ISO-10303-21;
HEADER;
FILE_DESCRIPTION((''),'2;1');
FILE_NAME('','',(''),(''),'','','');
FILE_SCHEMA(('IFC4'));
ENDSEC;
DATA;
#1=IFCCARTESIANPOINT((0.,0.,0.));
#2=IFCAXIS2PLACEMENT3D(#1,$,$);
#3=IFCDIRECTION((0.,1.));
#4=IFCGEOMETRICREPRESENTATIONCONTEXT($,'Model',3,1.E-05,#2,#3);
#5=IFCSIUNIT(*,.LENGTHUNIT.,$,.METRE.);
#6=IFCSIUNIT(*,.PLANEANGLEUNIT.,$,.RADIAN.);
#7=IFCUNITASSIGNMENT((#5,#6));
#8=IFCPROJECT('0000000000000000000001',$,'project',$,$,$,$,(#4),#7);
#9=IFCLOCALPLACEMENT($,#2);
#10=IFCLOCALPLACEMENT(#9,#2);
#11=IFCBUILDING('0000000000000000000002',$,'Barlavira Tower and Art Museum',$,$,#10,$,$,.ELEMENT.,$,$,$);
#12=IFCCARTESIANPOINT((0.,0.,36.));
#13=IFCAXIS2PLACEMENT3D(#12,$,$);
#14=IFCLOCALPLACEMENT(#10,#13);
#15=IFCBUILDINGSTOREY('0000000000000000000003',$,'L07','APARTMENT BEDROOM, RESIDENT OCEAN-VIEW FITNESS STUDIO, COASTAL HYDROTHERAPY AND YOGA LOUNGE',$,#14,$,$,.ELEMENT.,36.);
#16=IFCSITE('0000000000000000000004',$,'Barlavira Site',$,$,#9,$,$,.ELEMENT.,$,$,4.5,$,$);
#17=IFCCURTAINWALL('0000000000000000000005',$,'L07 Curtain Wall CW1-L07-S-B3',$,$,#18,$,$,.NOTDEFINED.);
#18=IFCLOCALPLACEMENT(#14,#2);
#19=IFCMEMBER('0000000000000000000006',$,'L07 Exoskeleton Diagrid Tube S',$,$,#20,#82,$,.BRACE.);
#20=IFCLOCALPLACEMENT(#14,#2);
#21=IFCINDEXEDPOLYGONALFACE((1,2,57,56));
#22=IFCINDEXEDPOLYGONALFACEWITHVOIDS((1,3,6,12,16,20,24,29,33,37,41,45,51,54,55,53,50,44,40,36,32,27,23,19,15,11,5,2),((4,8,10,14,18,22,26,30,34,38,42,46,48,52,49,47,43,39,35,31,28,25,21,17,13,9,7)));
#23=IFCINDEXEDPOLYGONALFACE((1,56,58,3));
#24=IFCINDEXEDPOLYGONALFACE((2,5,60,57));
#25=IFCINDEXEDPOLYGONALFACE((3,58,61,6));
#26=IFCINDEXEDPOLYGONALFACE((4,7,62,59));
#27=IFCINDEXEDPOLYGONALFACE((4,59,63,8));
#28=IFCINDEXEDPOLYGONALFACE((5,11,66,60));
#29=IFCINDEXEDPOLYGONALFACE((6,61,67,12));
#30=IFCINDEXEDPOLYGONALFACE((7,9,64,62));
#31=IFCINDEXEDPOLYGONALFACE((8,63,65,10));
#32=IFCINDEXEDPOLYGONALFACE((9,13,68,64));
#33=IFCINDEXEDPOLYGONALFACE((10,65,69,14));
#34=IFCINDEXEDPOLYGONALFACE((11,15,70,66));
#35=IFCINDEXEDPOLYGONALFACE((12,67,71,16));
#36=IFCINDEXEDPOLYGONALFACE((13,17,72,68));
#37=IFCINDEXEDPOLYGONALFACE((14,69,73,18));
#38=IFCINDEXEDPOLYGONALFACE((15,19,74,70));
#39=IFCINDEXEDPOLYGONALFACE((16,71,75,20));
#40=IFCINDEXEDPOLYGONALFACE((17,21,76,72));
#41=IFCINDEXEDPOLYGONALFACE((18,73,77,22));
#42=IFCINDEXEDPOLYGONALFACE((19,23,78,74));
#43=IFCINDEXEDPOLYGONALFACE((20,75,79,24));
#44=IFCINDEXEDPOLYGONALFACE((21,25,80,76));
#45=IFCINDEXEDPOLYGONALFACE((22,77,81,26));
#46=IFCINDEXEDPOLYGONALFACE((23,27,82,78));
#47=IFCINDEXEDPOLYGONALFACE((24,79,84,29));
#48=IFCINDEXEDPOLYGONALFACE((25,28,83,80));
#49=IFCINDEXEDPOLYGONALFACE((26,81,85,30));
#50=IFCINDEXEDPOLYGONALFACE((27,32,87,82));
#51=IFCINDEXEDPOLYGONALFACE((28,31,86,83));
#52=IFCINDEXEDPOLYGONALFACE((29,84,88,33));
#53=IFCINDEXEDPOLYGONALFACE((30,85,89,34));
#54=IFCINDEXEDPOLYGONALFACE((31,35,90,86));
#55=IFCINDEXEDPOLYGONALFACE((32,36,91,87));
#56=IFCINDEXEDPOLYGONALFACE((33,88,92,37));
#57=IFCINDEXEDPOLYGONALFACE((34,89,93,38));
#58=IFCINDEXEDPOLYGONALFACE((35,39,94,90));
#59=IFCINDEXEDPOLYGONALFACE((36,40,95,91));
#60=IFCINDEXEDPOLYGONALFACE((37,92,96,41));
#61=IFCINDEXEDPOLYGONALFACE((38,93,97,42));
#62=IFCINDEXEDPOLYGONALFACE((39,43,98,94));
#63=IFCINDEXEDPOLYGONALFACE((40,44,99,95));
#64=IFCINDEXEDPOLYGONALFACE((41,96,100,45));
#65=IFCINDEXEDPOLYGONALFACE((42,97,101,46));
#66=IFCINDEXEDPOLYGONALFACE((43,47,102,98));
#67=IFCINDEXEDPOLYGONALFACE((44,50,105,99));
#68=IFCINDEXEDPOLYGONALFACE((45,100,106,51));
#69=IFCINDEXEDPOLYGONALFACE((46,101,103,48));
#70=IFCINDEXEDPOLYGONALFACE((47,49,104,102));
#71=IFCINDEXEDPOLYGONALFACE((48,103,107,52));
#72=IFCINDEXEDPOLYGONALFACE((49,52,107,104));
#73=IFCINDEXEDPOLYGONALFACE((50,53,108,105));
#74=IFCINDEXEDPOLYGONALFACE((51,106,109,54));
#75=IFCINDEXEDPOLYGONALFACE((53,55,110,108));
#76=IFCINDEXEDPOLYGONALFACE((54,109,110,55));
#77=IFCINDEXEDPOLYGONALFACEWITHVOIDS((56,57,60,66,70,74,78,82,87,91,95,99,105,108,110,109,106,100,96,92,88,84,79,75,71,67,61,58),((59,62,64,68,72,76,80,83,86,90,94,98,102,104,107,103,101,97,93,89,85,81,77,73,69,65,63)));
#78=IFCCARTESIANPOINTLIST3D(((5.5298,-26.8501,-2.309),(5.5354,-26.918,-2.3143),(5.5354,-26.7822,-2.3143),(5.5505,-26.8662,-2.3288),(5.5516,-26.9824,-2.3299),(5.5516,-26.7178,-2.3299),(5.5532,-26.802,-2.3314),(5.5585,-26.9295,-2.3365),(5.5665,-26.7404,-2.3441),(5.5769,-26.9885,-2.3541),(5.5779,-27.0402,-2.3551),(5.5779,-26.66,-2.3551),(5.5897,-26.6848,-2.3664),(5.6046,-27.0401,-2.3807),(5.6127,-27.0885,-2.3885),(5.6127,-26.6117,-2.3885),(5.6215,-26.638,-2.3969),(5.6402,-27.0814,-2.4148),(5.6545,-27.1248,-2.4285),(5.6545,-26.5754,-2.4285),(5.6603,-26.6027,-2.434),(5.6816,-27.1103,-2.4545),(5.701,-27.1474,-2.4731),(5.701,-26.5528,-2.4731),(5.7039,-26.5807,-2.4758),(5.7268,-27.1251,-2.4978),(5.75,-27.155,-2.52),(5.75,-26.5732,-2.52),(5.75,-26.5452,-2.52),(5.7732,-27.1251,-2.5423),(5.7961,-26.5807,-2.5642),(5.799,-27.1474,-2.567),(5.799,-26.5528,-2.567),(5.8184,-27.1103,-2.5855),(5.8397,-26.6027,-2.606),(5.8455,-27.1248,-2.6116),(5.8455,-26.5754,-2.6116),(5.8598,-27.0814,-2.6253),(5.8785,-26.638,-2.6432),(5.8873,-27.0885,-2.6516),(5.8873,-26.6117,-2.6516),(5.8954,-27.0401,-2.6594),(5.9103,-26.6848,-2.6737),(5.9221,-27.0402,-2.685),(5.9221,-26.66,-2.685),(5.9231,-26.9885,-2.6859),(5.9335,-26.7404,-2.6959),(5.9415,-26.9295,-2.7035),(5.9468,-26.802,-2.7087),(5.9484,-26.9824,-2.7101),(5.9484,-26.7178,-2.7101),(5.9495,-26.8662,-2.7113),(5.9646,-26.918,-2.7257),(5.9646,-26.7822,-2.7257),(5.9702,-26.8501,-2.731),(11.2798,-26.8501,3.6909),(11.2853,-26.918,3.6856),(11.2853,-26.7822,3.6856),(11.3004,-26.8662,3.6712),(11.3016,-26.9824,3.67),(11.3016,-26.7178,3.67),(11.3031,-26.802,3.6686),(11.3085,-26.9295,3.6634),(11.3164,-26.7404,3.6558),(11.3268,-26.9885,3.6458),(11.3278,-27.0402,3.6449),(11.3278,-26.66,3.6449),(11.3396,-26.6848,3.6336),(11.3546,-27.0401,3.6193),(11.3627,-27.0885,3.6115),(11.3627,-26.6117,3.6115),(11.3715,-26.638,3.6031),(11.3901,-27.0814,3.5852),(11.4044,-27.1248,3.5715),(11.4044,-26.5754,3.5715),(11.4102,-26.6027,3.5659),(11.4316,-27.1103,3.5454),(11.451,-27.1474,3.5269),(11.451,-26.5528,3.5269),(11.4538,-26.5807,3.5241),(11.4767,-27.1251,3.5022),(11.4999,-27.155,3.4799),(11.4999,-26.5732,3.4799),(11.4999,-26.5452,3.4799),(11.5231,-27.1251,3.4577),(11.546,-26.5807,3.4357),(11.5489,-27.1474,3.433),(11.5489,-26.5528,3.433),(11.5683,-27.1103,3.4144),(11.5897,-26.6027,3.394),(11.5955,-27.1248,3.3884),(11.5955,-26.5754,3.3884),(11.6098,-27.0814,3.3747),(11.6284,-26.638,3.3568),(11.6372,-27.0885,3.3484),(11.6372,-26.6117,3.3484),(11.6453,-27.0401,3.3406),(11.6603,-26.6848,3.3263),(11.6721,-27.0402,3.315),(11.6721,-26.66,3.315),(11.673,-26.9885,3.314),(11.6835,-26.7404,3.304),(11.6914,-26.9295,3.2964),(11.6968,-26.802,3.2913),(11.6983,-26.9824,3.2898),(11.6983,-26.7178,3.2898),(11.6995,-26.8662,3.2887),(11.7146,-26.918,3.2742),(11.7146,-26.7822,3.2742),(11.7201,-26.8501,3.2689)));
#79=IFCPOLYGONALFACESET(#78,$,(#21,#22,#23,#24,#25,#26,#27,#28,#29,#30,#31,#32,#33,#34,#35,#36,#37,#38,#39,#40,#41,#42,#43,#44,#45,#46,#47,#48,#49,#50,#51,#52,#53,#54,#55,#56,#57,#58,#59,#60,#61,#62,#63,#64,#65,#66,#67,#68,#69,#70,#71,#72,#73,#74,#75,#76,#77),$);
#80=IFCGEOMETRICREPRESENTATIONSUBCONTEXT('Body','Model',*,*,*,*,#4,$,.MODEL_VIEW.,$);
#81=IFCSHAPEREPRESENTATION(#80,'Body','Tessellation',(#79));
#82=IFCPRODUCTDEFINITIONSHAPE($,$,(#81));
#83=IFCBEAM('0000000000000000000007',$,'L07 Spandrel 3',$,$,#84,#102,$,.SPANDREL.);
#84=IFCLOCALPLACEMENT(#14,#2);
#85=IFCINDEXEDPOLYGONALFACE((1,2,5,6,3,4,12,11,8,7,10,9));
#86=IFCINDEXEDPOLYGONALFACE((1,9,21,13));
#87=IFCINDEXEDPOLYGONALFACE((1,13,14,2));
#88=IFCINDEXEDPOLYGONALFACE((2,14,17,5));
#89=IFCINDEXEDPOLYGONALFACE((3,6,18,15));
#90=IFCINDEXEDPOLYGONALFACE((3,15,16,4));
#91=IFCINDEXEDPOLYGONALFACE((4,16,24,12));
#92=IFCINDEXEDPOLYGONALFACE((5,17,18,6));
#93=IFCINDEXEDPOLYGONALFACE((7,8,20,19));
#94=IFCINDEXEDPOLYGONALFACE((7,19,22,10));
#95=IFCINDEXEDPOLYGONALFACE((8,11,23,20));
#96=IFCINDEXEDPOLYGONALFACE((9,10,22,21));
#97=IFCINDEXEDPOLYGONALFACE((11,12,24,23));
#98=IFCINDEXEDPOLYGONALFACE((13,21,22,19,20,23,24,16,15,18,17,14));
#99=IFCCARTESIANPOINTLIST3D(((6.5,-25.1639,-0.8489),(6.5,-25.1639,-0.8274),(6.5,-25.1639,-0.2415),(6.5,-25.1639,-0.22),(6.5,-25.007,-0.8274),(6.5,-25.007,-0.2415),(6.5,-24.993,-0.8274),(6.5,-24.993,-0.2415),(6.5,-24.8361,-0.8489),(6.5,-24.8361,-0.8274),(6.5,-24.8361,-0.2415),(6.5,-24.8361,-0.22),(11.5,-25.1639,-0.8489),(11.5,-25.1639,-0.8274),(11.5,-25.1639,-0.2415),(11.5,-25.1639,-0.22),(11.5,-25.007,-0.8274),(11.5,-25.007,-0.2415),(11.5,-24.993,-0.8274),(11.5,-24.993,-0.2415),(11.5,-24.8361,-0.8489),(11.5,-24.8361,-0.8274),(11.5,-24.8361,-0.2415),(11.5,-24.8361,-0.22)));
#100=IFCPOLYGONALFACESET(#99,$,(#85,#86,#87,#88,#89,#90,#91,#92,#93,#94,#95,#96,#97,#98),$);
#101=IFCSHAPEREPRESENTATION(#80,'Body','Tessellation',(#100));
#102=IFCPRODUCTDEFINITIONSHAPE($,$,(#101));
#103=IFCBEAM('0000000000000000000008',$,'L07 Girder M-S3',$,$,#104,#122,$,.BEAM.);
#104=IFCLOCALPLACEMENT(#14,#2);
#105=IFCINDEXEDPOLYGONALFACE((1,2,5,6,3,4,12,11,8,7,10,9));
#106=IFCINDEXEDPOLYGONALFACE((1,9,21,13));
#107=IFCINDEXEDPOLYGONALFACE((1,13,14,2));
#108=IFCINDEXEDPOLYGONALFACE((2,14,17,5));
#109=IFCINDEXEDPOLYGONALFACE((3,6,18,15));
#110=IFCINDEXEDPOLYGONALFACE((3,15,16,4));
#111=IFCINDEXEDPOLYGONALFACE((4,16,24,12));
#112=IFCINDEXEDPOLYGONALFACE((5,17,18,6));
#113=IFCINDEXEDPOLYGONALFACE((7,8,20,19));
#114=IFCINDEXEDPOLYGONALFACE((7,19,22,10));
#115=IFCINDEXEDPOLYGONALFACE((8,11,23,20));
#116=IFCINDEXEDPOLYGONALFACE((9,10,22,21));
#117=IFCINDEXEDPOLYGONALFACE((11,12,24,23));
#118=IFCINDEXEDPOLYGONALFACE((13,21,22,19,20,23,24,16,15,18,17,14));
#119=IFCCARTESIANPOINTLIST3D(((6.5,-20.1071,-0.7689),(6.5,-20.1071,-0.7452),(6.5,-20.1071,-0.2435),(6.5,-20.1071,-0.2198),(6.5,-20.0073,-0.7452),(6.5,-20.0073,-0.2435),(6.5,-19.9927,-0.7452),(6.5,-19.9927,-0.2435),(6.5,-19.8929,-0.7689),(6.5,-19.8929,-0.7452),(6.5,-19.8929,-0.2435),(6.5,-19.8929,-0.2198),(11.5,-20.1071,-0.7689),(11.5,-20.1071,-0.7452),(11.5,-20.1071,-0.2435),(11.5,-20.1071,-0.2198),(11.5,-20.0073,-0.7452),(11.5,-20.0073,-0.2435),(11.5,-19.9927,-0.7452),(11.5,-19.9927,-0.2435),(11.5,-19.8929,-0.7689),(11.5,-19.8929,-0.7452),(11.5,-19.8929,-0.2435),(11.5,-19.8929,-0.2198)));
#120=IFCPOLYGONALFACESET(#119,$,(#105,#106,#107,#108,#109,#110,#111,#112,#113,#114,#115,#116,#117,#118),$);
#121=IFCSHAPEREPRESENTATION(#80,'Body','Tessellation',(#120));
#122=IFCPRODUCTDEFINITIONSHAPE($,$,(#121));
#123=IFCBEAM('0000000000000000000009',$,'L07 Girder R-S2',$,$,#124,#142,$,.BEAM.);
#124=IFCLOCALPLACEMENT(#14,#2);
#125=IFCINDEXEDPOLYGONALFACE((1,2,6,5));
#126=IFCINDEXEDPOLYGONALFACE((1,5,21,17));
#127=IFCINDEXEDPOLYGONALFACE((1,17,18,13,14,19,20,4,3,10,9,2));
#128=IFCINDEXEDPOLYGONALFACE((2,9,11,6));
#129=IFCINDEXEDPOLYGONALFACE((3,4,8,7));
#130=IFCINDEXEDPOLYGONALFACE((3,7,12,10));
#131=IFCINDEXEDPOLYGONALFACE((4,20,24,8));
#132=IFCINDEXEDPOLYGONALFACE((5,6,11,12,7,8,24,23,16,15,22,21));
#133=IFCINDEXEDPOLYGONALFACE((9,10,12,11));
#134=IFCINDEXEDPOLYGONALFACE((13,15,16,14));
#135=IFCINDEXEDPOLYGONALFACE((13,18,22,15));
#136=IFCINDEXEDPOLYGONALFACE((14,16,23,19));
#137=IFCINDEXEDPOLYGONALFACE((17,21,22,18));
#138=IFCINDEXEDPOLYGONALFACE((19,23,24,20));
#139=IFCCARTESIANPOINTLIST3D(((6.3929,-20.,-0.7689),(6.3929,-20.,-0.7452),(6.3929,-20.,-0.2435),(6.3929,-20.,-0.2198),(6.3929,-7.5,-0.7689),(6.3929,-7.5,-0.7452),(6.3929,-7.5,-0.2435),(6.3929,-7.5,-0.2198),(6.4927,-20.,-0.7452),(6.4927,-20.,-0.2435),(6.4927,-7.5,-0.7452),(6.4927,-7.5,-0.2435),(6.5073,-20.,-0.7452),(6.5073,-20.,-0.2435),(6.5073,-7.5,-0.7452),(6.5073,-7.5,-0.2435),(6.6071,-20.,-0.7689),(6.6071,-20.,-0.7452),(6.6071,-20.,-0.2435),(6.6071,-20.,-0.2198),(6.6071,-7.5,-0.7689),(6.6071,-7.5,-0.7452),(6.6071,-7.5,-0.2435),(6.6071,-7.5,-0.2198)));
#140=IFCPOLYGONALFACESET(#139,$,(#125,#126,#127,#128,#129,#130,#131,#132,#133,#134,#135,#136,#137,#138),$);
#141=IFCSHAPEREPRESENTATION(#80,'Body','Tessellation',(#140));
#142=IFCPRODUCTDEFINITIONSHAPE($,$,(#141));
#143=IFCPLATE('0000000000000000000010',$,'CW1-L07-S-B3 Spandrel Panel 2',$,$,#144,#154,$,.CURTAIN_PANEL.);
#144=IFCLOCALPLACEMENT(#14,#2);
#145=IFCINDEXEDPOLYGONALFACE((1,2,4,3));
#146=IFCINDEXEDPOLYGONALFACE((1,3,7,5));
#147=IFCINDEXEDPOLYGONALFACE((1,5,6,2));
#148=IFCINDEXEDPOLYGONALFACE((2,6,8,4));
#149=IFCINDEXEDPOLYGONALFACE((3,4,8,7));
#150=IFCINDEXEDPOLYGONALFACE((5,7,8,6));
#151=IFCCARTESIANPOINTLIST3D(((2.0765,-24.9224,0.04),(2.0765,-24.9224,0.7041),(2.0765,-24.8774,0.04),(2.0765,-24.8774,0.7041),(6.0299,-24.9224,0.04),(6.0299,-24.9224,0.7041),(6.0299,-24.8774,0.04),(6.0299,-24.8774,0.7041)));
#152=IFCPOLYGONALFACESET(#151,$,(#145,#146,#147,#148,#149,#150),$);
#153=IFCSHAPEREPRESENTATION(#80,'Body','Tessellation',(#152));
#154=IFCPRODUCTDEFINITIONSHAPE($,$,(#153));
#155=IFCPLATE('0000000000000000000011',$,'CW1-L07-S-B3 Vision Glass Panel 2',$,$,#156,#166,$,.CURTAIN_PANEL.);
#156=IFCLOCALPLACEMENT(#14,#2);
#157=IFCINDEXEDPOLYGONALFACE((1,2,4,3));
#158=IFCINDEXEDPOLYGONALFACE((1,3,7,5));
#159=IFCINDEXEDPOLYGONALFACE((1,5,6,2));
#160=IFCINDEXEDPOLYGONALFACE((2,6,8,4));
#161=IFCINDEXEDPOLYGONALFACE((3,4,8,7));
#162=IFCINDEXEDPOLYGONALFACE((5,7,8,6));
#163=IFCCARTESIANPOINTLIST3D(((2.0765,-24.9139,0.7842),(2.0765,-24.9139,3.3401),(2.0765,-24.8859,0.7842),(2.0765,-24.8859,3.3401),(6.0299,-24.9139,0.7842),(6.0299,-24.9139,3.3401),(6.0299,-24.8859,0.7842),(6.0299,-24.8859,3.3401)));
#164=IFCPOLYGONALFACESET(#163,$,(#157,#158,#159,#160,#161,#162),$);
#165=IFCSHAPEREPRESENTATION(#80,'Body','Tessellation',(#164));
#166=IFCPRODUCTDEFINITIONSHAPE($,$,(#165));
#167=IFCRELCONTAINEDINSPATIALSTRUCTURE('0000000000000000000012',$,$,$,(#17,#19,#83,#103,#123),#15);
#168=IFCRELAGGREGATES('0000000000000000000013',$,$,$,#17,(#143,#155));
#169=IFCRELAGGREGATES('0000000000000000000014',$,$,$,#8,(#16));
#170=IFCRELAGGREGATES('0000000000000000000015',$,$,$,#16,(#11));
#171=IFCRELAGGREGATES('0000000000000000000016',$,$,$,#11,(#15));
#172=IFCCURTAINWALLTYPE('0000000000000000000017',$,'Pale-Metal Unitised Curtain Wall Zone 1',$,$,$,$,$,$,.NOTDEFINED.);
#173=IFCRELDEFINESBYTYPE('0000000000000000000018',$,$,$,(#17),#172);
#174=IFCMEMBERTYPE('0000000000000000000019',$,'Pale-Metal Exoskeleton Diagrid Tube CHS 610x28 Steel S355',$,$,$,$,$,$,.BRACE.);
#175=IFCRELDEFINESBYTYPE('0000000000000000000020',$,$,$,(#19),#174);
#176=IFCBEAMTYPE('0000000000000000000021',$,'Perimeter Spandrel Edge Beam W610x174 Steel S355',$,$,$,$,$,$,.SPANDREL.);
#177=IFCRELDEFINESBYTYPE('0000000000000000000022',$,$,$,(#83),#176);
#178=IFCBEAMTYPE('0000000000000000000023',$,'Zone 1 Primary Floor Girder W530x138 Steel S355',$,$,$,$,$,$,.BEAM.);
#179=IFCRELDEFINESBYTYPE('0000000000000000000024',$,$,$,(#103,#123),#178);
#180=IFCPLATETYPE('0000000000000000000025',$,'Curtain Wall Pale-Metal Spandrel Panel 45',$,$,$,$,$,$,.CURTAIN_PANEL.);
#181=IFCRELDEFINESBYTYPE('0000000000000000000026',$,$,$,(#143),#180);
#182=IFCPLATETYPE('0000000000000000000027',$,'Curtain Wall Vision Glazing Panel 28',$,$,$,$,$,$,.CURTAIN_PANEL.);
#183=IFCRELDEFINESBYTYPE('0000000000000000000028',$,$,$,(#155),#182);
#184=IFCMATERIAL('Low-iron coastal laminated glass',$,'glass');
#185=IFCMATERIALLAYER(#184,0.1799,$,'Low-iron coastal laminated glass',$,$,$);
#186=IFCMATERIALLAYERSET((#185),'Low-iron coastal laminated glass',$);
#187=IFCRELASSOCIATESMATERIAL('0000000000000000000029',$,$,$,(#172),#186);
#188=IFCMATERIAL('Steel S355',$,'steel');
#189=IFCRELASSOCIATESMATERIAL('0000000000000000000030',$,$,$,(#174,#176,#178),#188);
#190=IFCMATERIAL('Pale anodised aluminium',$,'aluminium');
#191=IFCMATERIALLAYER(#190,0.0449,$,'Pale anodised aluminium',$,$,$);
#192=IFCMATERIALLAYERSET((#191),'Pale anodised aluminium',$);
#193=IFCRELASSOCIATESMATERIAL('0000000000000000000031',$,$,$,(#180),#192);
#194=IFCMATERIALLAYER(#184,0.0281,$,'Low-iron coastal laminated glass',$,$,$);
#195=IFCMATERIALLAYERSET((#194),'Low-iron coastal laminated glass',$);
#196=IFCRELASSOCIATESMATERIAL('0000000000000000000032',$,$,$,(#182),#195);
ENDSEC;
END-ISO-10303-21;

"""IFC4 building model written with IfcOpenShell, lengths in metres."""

from ifc_helpers import new_model, si_unit, direction, frame, origin, origin_2d, place, context, subcontext, project, spatial, rectangle, hollow_circle, i_section, extrude, material, layer, layer_set, material_profile, profile_set, type_object, element, aggregate, save


model = new_model("IFC4")

# Units and contexts
model_context = context("Model", 3, precision=1e-05, world=origin(), true_north=direction((0.0, 1.0)))
body_context = subcontext(model_context, "Body", "Model", "MODEL_VIEW")
ifc_project = project(units=[si_unit("LENGTHUNIT", "METRE"), si_unit("PLANEANGLEUNIT", "RADIAN")], contexts=[model_context])

# Site, building, storey
site_placement = place(None, origin())
site = spatial("IfcSite", under=ifc_project, at=site_placement, Name="Barlavira Site", CompositionType="ELEMENT", RefElevation=4.5)
building_placement = place(site_placement, origin())
building = spatial("IfcBuilding", under=site, at=building_placement, Name="Barlavira Tower and Art Museum", CompositionType="ELEMENT")
storey_placement = place(building_placement, frame((0.0, 0.0, 36.0)))
storey = spatial("IfcBuildingStorey", under=building, at=storey_placement, Name="L07", Description="APARTMENT BEDROOM, RESIDENT OCEAN-VIEW FITNESS STUDIO, COASTAL HYDROTHERAPY AND YOGA LOUNGE", CompositionType="ELEMENT", Elevation=36.0)

# Curtain wall
ifc_material_1 = material(Name="Low-iron coastal laminated glass", Category="glass")
ifc_layer_1 = layer(ifc_material_1, 0.1799, Name="Low-iron coastal laminated glass")
ifc_layer_set_1 = layer_set([ifc_layer_1], Name="Low-iron coastal laminated glass")
curtain_wall_type = type_object("IfcCurtainWallType", Name="Pale-Metal Unitised Curtain Wall Zone 1", PredefinedType="NOTDEFINED", material=ifc_layer_set_1)
curtain_wall_placement = place(storey_placement, origin())
curtain_wall = element("IfcCurtainWall", 1, at=curtain_wall_placement, inside=storey, type_object=curtain_wall_type, Name="L07 Curtain Wall CW1-L07-S-B3", PredefinedType="NOTDEFINED")
ifc_material_2 = material(Name="Pale anodised aluminium", Category="aluminium")

# Member
ifc_material_3 = material(Name="Steel S355", Category="steel")
ifc_material_profile_1 = material_profile(ifc_material_3, hollow_circle(Radius=0.3049, WallThickness=0.0281, at=origin_2d()), Name="CHS 610.0x28.0")
ifc_profile_set_1 = profile_set([ifc_material_profile_1], Name="Steel S355")
member_type_1 = type_object("IfcMemberType", Name="Pale-Metal Exoskeleton Diagrid Tube CHS 610x28 Steel S355", PredefinedType="BRACE", material=ifc_profile_set_1)
for number, where, z_axis, x_axis, name in (
    (2, (5.75, -26.8501, -2.52), (0.691905, 0.0, 0.721988), (0.0, 1.0, 0.0), "L07 Exoskeleton Diagrid Tube S"),
):
    element("IfcMember", number, at=place(storey_placement, frame(where, z_axis=z_axis, x_axis=x_axis)), inside=storey, type_object=member_type_1, Name=name, PredefinedType="BRACE", context=body_context, shape_type="SweptSolid", body=[
        extrude(hollow_circle(Radius=0.3049, WallThickness=0.0281, at=origin_2d()), origin(), (0.0, 0.0, 1.0), 8.3103),
    ])

# Beams
ifc_material_profile_2 = material_profile(ifc_material_3, i_section(OverallWidth=0.3279, OverallDepth=0.6289, WebThickness=0.0139, FlangeThickness=0.0215, at=origin_2d()), Name="W610x174.0")
ifc_profile_set_2 = profile_set([ifc_material_profile_2], Name="Steel S355")
beam_type_1 = type_object("IfcBeamType", Name="Perimeter Spandrel Edge Beam W610x174 Steel S355", PredefinedType="SPANDREL", material=ifc_profile_set_2)
beam_1_placement = place(storey_placement, frame((6.5, -25.0, -0.5344), z_axis=(1.0, 0.0, 0.0), x_axis=(0.0, 1.0, 0.0)))
element("IfcBeam", 3, at=beam_1_placement, inside=storey, type_object=beam_type_1, Name="L07 Spandrel 3", PredefinedType="SPANDREL", context=body_context, shape_type="SweptSolid", body=[
    extrude(i_section(OverallWidth=0.3279, OverallDepth=0.6289, WebThickness=0.0139, FlangeThickness=0.0215, at=origin_2d()), origin(), (0.0, 0.0, 1.0), 5.0),
])
ifc_material_profile_3 = material_profile(ifc_material_3, i_section(OverallWidth=0.2141, OverallDepth=0.5491, WebThickness=0.0146, FlangeThickness=0.0237, at=origin_2d()), Name="W530x138.0")
ifc_profile_set_3 = profile_set([ifc_material_profile_3], Name="Steel S355")
beam_type_2 = type_object("IfcBeamType", Name="Zone 1 Primary Floor Girder W530x138 Steel S355", PredefinedType="BEAM", material=ifc_profile_set_3)
beam_2_placement = place(storey_placement, frame((6.5, -20.0, -0.4944), z_axis=(1.0, 0.0, 0.0), x_axis=(0.0, 1.0, 0.0)))
element("IfcBeam", 4, at=beam_2_placement, inside=storey, type_object=beam_type_2, Name="L07 Girder M-S3", PredefinedType="BEAM", context=body_context, shape_type="SweptSolid", body=[
    extrude(i_section(OverallWidth=0.2141, OverallDepth=0.5491, WebThickness=0.0146, FlangeThickness=0.0237, at=origin_2d()), origin(), (0.0, 0.0, 1.0), 5.0),
])
beam_3_placement = place(storey_placement, frame((6.5, -20.0, -0.4944), z_axis=(0.0, 1.0, 0.0), x_axis=(-1.0, 0.0, 0.0)))
element("IfcBeam", 5, at=beam_3_placement, inside=storey, type_object=beam_type_2, Name="L07 Girder R-S2", PredefinedType="BEAM", context=body_context, shape_type="SweptSolid", body=[
    extrude(i_section(OverallWidth=0.2141, OverallDepth=0.5491, WebThickness=0.0146, FlangeThickness=0.0237, at=origin_2d()), origin(), (0.0, 0.0, 1.0), 12.5),
])

# Plates
ifc_layer_2 = layer(ifc_material_2, 0.0449, Name="Pale anodised aluminium")
ifc_layer_set_2 = layer_set([ifc_layer_2], Name="Pale anodised aluminium")
plate_type_1 = type_object("IfcPlateType", Name="Curtain Wall Pale-Metal Spandrel Panel 45", PredefinedType="CURTAIN_PANEL", material=ifc_layer_set_2)
plate_1_placement = place(storey_placement, frame((4.0532, -24.8999, 0.04), z_axis=(0.0, 0.0, 1.0), x_axis=(1.0, 0.0, 0.0)))
plate_1 = element("IfcPlate", 6, at=plate_1_placement, type_object=plate_type_1, Name="CW1-L07-S-B3 Spandrel Panel 2", PredefinedType="CURTAIN_PANEL", context=body_context, shape_type="SweptSolid", body=[
    extrude(rectangle(XDim=3.9534, YDim=0.0449, at=origin_2d()), origin(), (0.0, 0.0, 1.0), 0.6641),
])
ifc_layer_3 = layer(ifc_material_1, 0.0281, Name="Low-iron coastal laminated glass")
ifc_layer_set_3 = layer_set([ifc_layer_3], Name="Low-iron coastal laminated glass")
plate_type_2 = type_object("IfcPlateType", Name="Curtain Wall Vision Glazing Panel 28", PredefinedType="CURTAIN_PANEL", material=ifc_layer_set_3)
plate_2_placement = place(storey_placement, frame((4.0532, -24.8999, 0.7842), z_axis=(0.0, 0.0, 1.0), x_axis=(1.0, 0.0, 0.0)))
plate_2 = element("IfcPlate", 7, at=plate_2_placement, type_object=plate_type_2, Name="CW1-L07-S-B3 Vision Glass Panel 2", PredefinedType="CURTAIN_PANEL", context=body_context, shape_type="SweptSolid", body=[
    extrude(rectangle(XDim=3.9534, YDim=0.0281, at=origin_2d()), origin(), (0.0, 0.0, 1.0), 2.5559),
])
aggregate(curtain_wall, [plate_1, plate_2])

save(model, "model.ifc")
